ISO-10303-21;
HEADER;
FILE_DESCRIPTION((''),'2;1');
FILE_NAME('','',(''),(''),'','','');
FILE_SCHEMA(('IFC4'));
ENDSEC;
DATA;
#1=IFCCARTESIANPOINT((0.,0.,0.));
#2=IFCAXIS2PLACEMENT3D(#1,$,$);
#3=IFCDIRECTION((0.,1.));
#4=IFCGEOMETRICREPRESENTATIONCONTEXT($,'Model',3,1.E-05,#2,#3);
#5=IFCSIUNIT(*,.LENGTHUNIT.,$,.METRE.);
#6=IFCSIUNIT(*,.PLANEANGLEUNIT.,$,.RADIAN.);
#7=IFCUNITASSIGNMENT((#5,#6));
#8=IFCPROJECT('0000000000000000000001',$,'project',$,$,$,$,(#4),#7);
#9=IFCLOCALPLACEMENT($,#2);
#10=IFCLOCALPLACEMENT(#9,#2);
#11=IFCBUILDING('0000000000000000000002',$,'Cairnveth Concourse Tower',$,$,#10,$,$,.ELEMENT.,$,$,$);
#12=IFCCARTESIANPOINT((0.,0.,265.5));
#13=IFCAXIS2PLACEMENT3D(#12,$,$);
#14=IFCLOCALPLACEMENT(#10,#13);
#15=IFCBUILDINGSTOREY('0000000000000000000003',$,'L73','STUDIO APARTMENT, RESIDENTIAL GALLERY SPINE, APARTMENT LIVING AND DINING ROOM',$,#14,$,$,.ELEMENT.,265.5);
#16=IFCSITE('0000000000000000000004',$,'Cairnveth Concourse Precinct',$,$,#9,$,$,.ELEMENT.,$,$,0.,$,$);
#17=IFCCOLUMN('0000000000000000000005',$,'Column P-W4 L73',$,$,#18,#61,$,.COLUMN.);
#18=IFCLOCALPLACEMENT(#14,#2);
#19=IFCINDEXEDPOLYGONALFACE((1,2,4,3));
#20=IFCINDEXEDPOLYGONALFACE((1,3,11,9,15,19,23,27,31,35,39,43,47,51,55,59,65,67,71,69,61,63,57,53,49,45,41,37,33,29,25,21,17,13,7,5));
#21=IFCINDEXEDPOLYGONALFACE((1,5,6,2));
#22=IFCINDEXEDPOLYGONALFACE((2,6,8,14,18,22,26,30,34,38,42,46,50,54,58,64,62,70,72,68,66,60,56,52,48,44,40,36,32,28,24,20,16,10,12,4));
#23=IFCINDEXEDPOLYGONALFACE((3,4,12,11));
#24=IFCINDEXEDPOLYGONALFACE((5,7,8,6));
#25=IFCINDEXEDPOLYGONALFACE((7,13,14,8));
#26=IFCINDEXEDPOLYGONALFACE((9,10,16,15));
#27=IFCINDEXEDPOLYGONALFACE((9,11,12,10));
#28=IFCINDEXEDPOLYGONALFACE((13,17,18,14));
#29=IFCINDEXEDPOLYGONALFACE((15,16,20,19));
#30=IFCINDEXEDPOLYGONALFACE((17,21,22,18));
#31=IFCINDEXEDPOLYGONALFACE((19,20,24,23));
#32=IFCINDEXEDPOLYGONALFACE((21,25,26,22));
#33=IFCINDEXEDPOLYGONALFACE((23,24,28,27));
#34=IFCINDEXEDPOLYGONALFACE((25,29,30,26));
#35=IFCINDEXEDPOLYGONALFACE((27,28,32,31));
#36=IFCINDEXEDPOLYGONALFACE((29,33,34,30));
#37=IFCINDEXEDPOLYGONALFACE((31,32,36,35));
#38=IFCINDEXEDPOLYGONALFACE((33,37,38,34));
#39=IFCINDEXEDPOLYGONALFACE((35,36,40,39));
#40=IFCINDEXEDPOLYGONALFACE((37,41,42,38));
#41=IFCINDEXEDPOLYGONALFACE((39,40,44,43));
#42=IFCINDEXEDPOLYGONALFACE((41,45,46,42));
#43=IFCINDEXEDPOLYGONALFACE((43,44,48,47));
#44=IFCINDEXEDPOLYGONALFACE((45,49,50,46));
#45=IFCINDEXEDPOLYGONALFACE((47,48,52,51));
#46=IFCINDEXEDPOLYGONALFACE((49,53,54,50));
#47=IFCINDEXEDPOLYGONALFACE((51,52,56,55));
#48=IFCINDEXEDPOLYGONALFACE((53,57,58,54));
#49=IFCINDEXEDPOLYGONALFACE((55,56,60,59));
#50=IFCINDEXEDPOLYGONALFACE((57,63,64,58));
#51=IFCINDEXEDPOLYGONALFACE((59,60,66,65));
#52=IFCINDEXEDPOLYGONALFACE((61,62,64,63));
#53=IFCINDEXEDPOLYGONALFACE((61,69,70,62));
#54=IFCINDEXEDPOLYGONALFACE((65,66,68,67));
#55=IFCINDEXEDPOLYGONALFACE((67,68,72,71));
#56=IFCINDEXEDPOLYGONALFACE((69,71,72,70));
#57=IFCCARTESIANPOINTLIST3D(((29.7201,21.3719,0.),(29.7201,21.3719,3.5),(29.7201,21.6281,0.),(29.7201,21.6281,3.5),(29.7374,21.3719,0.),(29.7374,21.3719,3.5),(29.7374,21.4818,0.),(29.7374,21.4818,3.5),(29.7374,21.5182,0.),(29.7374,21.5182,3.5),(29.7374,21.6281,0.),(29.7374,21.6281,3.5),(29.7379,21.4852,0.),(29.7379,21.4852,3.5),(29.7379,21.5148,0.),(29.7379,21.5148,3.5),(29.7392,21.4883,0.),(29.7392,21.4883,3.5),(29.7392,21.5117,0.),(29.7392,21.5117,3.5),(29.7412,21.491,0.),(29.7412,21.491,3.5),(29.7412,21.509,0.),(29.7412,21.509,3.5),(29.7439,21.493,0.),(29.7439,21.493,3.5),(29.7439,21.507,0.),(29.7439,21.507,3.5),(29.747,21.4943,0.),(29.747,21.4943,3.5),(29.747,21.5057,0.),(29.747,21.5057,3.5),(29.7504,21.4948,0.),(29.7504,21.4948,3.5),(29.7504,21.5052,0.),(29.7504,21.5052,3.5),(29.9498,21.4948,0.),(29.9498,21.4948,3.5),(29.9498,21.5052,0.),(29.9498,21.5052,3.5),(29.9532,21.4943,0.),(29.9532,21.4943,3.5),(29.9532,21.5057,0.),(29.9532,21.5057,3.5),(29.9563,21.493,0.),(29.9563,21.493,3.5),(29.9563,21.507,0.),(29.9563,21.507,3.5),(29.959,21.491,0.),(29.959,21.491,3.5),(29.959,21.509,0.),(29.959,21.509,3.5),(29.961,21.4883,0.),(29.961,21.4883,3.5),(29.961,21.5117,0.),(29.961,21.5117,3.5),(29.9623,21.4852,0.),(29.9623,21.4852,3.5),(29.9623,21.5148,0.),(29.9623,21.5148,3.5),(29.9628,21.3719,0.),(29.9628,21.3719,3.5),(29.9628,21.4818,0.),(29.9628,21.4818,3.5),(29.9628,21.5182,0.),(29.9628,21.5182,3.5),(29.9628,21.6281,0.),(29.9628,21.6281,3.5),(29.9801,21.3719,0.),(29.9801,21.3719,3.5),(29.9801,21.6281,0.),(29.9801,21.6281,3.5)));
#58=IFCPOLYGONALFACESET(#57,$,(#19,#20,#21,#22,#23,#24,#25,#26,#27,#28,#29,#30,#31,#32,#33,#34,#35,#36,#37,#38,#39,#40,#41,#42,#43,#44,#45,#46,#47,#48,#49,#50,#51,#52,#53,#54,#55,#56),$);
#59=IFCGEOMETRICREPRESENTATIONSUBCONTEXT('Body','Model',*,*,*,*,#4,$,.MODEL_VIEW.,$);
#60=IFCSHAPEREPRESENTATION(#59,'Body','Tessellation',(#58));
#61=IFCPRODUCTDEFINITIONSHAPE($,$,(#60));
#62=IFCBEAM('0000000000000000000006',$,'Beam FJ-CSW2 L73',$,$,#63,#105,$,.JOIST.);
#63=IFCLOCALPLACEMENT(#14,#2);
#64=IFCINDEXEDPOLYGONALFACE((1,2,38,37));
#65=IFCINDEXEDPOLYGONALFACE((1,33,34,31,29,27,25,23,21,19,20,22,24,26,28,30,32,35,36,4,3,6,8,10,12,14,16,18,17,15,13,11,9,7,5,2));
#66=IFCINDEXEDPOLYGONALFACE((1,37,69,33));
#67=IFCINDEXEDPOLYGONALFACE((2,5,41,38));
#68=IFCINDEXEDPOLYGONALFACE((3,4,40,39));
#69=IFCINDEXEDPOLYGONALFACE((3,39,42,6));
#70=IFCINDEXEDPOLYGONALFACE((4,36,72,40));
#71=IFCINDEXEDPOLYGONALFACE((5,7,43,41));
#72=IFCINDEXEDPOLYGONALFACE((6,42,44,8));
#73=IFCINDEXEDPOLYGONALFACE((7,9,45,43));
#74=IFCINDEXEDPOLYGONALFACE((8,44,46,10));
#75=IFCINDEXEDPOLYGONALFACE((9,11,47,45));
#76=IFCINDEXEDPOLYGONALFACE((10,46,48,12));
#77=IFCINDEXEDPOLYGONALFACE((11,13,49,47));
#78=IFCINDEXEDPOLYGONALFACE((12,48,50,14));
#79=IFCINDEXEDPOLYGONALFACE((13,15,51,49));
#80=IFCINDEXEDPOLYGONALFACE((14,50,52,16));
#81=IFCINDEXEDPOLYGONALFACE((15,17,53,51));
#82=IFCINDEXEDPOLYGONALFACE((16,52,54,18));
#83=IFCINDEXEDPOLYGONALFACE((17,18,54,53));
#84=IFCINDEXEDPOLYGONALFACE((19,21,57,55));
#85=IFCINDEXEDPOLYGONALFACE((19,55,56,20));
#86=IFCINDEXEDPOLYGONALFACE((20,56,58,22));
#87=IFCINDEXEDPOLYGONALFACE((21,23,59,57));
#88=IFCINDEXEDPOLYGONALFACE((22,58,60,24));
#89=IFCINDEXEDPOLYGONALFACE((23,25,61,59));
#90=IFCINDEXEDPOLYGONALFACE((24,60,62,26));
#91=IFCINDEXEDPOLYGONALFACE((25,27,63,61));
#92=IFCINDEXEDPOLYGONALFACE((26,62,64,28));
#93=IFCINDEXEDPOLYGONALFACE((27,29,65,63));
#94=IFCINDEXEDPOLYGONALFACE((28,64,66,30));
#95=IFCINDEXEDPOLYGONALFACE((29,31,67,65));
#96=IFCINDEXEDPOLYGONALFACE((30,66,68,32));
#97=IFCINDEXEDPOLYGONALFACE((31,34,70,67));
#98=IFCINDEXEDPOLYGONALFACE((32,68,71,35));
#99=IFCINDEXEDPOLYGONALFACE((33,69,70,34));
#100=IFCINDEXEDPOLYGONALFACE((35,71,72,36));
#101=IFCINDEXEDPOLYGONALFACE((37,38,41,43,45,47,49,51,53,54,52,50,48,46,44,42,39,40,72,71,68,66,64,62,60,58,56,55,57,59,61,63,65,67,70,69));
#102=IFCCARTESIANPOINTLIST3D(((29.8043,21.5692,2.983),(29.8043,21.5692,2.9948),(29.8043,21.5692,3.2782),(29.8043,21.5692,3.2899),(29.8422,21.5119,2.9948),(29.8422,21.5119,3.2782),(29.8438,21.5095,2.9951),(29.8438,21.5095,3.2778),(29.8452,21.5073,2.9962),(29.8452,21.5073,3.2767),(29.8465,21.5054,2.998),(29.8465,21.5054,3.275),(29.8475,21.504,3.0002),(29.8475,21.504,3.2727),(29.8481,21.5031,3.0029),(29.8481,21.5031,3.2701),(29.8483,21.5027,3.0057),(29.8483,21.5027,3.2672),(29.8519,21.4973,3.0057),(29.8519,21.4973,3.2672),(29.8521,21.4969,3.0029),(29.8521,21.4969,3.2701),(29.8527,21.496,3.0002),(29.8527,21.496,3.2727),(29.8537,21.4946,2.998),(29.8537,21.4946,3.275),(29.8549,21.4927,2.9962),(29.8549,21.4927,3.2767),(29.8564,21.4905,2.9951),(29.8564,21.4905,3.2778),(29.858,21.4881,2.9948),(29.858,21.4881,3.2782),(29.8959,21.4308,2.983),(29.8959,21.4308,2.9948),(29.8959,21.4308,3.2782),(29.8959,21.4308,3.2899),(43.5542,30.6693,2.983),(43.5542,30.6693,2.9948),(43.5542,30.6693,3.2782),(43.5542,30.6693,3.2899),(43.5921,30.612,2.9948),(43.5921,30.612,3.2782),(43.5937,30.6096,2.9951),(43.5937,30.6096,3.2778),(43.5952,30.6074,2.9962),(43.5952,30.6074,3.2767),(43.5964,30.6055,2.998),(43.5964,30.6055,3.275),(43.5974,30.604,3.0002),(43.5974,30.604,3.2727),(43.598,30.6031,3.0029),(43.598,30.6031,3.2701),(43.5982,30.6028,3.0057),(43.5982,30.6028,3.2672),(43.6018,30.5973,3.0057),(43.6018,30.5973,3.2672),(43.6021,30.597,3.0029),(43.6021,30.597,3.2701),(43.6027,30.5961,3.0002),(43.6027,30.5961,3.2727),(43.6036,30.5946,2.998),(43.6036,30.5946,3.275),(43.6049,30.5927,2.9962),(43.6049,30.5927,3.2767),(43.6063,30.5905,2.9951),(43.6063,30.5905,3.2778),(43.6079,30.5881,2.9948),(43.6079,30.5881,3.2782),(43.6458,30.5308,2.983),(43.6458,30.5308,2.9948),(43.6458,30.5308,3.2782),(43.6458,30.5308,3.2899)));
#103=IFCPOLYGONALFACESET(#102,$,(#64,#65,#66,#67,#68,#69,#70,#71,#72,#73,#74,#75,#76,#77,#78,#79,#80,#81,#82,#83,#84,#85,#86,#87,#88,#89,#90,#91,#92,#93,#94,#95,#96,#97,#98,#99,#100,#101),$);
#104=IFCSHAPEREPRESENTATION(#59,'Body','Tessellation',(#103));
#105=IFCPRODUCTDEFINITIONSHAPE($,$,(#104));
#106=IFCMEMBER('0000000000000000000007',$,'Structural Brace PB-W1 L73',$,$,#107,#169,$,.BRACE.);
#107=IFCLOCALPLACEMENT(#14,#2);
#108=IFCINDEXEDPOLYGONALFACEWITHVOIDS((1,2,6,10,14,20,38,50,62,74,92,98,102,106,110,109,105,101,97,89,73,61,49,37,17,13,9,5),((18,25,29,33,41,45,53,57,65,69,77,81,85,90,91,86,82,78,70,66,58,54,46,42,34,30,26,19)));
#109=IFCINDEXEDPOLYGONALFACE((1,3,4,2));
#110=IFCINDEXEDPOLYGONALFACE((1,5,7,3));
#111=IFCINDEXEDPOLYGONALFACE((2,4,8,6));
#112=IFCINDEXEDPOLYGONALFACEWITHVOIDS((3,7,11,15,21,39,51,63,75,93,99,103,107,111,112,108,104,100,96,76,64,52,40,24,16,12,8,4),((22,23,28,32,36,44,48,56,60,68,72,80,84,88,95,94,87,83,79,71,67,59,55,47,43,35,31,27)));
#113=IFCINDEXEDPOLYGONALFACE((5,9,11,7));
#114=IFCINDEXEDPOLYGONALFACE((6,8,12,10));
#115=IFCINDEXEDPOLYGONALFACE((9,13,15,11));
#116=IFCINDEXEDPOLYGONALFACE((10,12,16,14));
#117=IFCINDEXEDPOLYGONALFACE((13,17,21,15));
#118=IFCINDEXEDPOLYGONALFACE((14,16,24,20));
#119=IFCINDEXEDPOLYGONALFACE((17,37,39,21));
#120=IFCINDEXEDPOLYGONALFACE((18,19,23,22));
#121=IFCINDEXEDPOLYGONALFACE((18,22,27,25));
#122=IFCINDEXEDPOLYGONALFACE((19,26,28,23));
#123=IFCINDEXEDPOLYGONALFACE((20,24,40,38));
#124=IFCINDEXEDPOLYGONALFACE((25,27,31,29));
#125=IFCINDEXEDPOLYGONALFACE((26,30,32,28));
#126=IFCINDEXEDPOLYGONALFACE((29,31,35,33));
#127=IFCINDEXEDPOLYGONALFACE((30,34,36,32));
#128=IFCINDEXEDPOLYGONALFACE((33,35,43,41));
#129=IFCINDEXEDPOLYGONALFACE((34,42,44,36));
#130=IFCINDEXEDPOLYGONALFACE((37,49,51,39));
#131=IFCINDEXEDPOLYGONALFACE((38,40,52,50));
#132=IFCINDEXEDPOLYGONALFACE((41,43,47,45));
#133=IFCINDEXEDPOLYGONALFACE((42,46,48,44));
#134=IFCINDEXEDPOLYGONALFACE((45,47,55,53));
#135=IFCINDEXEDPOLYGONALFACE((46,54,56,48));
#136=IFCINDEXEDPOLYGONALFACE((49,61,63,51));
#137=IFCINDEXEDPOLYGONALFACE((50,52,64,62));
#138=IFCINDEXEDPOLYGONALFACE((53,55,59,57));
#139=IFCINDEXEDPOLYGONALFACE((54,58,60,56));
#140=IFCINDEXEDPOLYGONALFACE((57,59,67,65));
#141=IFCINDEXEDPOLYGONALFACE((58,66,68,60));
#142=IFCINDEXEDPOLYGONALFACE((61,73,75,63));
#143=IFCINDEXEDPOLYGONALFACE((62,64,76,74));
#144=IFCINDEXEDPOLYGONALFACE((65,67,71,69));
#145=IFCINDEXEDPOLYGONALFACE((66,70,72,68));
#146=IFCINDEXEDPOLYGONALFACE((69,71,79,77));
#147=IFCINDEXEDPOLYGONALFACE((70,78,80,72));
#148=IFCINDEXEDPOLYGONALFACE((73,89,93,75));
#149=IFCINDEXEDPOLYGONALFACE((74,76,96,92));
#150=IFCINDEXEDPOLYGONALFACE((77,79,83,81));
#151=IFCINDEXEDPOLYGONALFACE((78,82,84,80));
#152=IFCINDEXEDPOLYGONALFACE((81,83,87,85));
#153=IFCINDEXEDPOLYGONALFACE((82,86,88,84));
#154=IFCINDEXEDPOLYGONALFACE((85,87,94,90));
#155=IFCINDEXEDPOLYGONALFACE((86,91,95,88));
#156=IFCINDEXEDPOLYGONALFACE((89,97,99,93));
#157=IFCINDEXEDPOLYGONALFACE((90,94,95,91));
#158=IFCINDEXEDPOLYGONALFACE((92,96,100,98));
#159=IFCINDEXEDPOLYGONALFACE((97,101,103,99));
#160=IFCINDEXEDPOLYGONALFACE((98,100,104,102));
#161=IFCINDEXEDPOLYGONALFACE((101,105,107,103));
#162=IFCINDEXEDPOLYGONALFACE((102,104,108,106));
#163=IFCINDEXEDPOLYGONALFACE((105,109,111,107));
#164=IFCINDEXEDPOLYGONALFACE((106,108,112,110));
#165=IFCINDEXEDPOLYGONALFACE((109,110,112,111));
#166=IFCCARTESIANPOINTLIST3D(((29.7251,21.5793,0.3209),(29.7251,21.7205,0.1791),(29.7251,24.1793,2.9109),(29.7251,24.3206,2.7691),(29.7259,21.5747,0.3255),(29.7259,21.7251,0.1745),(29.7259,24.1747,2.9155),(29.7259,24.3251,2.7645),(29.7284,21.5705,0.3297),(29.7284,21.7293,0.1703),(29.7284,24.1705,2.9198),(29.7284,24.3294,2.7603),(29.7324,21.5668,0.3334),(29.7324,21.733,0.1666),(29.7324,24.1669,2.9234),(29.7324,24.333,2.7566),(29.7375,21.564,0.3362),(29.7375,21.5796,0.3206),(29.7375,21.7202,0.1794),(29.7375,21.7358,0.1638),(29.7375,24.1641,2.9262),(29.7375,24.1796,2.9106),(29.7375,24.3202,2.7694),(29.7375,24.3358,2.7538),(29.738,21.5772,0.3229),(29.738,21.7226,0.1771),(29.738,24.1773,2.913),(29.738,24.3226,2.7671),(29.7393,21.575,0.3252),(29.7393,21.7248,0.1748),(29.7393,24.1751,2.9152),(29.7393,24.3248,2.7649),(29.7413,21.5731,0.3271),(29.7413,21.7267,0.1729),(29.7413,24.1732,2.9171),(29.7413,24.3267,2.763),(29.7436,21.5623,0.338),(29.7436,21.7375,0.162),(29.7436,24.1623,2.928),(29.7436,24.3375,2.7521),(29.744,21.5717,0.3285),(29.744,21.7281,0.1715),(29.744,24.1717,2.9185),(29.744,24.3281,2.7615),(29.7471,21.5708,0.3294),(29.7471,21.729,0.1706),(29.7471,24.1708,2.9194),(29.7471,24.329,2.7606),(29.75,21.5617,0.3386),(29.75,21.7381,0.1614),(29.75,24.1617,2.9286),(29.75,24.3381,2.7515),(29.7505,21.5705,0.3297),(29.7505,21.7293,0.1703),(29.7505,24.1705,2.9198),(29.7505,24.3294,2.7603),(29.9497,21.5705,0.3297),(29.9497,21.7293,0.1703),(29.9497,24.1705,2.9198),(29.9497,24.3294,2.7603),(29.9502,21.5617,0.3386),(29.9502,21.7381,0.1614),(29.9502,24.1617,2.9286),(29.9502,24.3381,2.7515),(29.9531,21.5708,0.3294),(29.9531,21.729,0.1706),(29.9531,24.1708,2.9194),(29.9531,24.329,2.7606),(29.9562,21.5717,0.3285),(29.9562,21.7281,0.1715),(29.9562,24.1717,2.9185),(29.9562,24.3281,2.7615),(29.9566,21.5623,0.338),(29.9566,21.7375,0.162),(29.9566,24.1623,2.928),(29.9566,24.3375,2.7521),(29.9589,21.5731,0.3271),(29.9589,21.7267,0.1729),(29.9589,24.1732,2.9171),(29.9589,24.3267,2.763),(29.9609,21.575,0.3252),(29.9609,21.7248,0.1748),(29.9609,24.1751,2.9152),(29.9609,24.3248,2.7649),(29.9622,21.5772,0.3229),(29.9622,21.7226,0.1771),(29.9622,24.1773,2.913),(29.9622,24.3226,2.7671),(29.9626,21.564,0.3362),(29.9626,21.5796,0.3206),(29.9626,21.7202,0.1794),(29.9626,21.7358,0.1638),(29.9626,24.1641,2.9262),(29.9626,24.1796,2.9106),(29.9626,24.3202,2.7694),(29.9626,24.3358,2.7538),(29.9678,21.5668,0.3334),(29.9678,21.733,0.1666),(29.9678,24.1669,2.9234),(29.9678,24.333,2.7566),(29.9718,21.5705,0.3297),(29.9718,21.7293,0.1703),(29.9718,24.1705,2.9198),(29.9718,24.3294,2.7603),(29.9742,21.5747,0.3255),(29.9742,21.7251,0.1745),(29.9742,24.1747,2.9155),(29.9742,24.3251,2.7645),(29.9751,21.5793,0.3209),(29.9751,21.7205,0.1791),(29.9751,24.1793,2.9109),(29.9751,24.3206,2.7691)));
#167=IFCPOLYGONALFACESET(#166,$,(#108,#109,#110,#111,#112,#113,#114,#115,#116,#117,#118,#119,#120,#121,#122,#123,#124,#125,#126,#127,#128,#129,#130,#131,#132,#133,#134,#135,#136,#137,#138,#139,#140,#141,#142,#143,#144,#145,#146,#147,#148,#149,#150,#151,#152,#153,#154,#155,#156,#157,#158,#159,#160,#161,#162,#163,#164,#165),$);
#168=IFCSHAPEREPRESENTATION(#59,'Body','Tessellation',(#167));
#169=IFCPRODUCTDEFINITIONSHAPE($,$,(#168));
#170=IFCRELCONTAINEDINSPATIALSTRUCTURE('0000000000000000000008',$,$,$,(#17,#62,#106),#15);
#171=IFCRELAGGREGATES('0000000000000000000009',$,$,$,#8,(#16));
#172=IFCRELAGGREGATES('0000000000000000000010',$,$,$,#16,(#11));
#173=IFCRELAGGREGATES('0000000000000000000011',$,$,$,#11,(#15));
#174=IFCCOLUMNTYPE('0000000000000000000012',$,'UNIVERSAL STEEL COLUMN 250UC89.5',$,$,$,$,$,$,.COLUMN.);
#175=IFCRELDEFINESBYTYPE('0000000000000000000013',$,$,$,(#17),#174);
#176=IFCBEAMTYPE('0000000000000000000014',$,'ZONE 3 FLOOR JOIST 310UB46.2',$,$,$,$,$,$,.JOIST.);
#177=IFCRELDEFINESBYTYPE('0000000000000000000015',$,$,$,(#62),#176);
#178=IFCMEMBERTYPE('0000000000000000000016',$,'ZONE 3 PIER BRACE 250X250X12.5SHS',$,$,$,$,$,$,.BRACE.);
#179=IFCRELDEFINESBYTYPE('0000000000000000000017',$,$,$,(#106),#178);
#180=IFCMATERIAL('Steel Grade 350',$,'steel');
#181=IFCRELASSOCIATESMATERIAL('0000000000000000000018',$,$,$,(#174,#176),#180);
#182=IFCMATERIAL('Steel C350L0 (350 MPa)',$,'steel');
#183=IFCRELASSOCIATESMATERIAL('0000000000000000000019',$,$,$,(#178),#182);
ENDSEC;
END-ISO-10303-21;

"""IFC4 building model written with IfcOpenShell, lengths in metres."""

from ifc_helpers import new_model, si_unit, direction, frame, origin, origin_2d, place, context, subcontext, project, spatial, hollow_rectangle, i_section, extrude, material, material_profile, profile_set, type_object, element, save


model = new_model("IFC4")

# Units and contexts
model_context = context("Model", 3, precision=1e-05, world=origin(), true_north=direction((0.0, 1.0)))
body_context = subcontext(model_context, "Body", "Model", "MODEL_VIEW")
ifc_project = project(units=[si_unit("LENGTHUNIT", "METRE"), si_unit("PLANEANGLEUNIT", "RADIAN")], contexts=[model_context])

# Site, building, storey
site_placement = place(None, origin())
site = spatial("IfcSite", under=ifc_project, at=site_placement, Name="Cairnveth Concourse Precinct", CompositionType="ELEMENT", RefElevation=0.0)
building_placement = place(site_placement, origin())
building = spatial("IfcBuilding", under=site, at=building_placement, Name="Cairnveth Concourse Tower", CompositionType="ELEMENT")
storey_placement = place(building_placement, frame((0.0, 0.0, 265.5)))
storey = spatial("IfcBuildingStorey", under=building, at=storey_placement, Name="L73", Description="STUDIO APARTMENT, RESIDENTIAL GALLERY SPINE, APARTMENT LIVING AND DINING ROOM", CompositionType="ELEMENT", Elevation=265.5)

# Column
ifc_material_1 = material(Name="Steel Grade 350", Category="steel")
ifc_material_profile_1 = material_profile(ifc_material_1, i_section(OverallWidth=0.2561, OverallDepth=0.26, WebThickness=0.0105, FlangeThickness=0.0173, FilletRadius=0.0129, at=origin_2d()), Name="250UC89.5")
ifc_profile_set_1 = profile_set([ifc_material_profile_1], Name="Steel Grade 350")
column_type = type_object("IfcColumnType", Name="UNIVERSAL STEEL COLUMN 250UC89.5", PredefinedType="COLUMN", material=ifc_profile_set_1)
column_placement = place(storey_placement, frame((29.8501, 21.5, 0.0), z_axis=(0.0, 0.0, 1.0), x_axis=(0.0, 1.0, 0.0)))
element("IfcColumn", 1, at=column_placement, inside=storey, type_object=column_type, Name="Column P-W4 L73", PredefinedType="COLUMN", context=body_context, shape_type="SweptSolid", body=[
    extrude(i_section(OverallWidth=0.2561, OverallDepth=0.26, WebThickness=0.0105, FlangeThickness=0.0173, FilletRadius=0.0129, at=origin_2d()), origin(), (0.0, 0.0, 1.0), 3.5),
])

# Beam
ifc_material_profile_2 = material_profile(ifc_material_1, i_section(OverallWidth=0.166, OverallDepth=0.3069, WebThickness=0.0066, FlangeThickness=0.0117, FilletRadius=0.011, at=origin_2d()), Name="310UB46.2")
ifc_profile_set_2 = profile_set([ifc_material_profile_2], Name="Steel Grade 350")
beam_type_1 = type_object("IfcBeamType", Name="ZONE 3 FLOOR JOIST 310UB46.2", PredefinedType="JOIST", material=ifc_profile_set_2)
beam_1_placement = place(storey_placement, frame((29.8501, 21.5, 3.1365), z_axis=(0.833909, 0.551902, 0.0), x_axis=(-0.551902, 0.833909, 0.0)))
element("IfcBeam", 2, at=beam_1_placement, inside=storey, type_object=beam_type_1, Name="Beam FJ-CSW2 L73", PredefinedType="JOIST", context=body_context, shape_type="SweptSolid", body=[
    extrude(i_section(OverallWidth=0.166, OverallDepth=0.3069, WebThickness=0.0066, FlangeThickness=0.0117, FilletRadius=0.011, at=origin_2d()), origin(), (0.0, 0.0, 1.0), 16.4885),
])

# Member
ifc_material_2 = material(Name="Steel C350L0 (350 MPa)", Category="steel")
ifc_material_profile_3 = material_profile(ifc_material_2, hollow_rectangle(XDim=0.25, YDim=0.25, WallThickness=0.0125, InnerFilletRadius=0.0129, OuterFilletRadius=0.0249, at=origin_2d()), Name="250x250x12.5SHS")
ifc_profile_set_3 = profile_set([ifc_material_profile_3], Name="Steel C350L0 (350 MPa)")
member_type = type_object("IfcMemberType", Name="ZONE 3 PIER BRACE 250X250X12.5SHS", PredefinedType="BRACE", material=ifc_profile_set_3)
member_placement = place(storey_placement, frame((29.8501, 21.6499, 0.25), z_axis=(0.0, 0.708469, 0.705742), x_axis=(-1.0, 0.0, 0.0)))
element("IfcMember", 3, at=member_placement, inside=storey, type_object=member_type, Name="Structural Brace PB-W1 L73", PredefinedType="BRACE", context=body_context, shape_type="SweptSolid", body=[
    extrude(hollow_rectangle(XDim=0.25, YDim=0.25, WallThickness=0.0125, InnerFilletRadius=0.0129, OuterFilletRadius=0.0249, at=origin_2d()), origin(), (0.0, 0.0, 1.0), 3.6699),
])

save(model, "model.ifc")
